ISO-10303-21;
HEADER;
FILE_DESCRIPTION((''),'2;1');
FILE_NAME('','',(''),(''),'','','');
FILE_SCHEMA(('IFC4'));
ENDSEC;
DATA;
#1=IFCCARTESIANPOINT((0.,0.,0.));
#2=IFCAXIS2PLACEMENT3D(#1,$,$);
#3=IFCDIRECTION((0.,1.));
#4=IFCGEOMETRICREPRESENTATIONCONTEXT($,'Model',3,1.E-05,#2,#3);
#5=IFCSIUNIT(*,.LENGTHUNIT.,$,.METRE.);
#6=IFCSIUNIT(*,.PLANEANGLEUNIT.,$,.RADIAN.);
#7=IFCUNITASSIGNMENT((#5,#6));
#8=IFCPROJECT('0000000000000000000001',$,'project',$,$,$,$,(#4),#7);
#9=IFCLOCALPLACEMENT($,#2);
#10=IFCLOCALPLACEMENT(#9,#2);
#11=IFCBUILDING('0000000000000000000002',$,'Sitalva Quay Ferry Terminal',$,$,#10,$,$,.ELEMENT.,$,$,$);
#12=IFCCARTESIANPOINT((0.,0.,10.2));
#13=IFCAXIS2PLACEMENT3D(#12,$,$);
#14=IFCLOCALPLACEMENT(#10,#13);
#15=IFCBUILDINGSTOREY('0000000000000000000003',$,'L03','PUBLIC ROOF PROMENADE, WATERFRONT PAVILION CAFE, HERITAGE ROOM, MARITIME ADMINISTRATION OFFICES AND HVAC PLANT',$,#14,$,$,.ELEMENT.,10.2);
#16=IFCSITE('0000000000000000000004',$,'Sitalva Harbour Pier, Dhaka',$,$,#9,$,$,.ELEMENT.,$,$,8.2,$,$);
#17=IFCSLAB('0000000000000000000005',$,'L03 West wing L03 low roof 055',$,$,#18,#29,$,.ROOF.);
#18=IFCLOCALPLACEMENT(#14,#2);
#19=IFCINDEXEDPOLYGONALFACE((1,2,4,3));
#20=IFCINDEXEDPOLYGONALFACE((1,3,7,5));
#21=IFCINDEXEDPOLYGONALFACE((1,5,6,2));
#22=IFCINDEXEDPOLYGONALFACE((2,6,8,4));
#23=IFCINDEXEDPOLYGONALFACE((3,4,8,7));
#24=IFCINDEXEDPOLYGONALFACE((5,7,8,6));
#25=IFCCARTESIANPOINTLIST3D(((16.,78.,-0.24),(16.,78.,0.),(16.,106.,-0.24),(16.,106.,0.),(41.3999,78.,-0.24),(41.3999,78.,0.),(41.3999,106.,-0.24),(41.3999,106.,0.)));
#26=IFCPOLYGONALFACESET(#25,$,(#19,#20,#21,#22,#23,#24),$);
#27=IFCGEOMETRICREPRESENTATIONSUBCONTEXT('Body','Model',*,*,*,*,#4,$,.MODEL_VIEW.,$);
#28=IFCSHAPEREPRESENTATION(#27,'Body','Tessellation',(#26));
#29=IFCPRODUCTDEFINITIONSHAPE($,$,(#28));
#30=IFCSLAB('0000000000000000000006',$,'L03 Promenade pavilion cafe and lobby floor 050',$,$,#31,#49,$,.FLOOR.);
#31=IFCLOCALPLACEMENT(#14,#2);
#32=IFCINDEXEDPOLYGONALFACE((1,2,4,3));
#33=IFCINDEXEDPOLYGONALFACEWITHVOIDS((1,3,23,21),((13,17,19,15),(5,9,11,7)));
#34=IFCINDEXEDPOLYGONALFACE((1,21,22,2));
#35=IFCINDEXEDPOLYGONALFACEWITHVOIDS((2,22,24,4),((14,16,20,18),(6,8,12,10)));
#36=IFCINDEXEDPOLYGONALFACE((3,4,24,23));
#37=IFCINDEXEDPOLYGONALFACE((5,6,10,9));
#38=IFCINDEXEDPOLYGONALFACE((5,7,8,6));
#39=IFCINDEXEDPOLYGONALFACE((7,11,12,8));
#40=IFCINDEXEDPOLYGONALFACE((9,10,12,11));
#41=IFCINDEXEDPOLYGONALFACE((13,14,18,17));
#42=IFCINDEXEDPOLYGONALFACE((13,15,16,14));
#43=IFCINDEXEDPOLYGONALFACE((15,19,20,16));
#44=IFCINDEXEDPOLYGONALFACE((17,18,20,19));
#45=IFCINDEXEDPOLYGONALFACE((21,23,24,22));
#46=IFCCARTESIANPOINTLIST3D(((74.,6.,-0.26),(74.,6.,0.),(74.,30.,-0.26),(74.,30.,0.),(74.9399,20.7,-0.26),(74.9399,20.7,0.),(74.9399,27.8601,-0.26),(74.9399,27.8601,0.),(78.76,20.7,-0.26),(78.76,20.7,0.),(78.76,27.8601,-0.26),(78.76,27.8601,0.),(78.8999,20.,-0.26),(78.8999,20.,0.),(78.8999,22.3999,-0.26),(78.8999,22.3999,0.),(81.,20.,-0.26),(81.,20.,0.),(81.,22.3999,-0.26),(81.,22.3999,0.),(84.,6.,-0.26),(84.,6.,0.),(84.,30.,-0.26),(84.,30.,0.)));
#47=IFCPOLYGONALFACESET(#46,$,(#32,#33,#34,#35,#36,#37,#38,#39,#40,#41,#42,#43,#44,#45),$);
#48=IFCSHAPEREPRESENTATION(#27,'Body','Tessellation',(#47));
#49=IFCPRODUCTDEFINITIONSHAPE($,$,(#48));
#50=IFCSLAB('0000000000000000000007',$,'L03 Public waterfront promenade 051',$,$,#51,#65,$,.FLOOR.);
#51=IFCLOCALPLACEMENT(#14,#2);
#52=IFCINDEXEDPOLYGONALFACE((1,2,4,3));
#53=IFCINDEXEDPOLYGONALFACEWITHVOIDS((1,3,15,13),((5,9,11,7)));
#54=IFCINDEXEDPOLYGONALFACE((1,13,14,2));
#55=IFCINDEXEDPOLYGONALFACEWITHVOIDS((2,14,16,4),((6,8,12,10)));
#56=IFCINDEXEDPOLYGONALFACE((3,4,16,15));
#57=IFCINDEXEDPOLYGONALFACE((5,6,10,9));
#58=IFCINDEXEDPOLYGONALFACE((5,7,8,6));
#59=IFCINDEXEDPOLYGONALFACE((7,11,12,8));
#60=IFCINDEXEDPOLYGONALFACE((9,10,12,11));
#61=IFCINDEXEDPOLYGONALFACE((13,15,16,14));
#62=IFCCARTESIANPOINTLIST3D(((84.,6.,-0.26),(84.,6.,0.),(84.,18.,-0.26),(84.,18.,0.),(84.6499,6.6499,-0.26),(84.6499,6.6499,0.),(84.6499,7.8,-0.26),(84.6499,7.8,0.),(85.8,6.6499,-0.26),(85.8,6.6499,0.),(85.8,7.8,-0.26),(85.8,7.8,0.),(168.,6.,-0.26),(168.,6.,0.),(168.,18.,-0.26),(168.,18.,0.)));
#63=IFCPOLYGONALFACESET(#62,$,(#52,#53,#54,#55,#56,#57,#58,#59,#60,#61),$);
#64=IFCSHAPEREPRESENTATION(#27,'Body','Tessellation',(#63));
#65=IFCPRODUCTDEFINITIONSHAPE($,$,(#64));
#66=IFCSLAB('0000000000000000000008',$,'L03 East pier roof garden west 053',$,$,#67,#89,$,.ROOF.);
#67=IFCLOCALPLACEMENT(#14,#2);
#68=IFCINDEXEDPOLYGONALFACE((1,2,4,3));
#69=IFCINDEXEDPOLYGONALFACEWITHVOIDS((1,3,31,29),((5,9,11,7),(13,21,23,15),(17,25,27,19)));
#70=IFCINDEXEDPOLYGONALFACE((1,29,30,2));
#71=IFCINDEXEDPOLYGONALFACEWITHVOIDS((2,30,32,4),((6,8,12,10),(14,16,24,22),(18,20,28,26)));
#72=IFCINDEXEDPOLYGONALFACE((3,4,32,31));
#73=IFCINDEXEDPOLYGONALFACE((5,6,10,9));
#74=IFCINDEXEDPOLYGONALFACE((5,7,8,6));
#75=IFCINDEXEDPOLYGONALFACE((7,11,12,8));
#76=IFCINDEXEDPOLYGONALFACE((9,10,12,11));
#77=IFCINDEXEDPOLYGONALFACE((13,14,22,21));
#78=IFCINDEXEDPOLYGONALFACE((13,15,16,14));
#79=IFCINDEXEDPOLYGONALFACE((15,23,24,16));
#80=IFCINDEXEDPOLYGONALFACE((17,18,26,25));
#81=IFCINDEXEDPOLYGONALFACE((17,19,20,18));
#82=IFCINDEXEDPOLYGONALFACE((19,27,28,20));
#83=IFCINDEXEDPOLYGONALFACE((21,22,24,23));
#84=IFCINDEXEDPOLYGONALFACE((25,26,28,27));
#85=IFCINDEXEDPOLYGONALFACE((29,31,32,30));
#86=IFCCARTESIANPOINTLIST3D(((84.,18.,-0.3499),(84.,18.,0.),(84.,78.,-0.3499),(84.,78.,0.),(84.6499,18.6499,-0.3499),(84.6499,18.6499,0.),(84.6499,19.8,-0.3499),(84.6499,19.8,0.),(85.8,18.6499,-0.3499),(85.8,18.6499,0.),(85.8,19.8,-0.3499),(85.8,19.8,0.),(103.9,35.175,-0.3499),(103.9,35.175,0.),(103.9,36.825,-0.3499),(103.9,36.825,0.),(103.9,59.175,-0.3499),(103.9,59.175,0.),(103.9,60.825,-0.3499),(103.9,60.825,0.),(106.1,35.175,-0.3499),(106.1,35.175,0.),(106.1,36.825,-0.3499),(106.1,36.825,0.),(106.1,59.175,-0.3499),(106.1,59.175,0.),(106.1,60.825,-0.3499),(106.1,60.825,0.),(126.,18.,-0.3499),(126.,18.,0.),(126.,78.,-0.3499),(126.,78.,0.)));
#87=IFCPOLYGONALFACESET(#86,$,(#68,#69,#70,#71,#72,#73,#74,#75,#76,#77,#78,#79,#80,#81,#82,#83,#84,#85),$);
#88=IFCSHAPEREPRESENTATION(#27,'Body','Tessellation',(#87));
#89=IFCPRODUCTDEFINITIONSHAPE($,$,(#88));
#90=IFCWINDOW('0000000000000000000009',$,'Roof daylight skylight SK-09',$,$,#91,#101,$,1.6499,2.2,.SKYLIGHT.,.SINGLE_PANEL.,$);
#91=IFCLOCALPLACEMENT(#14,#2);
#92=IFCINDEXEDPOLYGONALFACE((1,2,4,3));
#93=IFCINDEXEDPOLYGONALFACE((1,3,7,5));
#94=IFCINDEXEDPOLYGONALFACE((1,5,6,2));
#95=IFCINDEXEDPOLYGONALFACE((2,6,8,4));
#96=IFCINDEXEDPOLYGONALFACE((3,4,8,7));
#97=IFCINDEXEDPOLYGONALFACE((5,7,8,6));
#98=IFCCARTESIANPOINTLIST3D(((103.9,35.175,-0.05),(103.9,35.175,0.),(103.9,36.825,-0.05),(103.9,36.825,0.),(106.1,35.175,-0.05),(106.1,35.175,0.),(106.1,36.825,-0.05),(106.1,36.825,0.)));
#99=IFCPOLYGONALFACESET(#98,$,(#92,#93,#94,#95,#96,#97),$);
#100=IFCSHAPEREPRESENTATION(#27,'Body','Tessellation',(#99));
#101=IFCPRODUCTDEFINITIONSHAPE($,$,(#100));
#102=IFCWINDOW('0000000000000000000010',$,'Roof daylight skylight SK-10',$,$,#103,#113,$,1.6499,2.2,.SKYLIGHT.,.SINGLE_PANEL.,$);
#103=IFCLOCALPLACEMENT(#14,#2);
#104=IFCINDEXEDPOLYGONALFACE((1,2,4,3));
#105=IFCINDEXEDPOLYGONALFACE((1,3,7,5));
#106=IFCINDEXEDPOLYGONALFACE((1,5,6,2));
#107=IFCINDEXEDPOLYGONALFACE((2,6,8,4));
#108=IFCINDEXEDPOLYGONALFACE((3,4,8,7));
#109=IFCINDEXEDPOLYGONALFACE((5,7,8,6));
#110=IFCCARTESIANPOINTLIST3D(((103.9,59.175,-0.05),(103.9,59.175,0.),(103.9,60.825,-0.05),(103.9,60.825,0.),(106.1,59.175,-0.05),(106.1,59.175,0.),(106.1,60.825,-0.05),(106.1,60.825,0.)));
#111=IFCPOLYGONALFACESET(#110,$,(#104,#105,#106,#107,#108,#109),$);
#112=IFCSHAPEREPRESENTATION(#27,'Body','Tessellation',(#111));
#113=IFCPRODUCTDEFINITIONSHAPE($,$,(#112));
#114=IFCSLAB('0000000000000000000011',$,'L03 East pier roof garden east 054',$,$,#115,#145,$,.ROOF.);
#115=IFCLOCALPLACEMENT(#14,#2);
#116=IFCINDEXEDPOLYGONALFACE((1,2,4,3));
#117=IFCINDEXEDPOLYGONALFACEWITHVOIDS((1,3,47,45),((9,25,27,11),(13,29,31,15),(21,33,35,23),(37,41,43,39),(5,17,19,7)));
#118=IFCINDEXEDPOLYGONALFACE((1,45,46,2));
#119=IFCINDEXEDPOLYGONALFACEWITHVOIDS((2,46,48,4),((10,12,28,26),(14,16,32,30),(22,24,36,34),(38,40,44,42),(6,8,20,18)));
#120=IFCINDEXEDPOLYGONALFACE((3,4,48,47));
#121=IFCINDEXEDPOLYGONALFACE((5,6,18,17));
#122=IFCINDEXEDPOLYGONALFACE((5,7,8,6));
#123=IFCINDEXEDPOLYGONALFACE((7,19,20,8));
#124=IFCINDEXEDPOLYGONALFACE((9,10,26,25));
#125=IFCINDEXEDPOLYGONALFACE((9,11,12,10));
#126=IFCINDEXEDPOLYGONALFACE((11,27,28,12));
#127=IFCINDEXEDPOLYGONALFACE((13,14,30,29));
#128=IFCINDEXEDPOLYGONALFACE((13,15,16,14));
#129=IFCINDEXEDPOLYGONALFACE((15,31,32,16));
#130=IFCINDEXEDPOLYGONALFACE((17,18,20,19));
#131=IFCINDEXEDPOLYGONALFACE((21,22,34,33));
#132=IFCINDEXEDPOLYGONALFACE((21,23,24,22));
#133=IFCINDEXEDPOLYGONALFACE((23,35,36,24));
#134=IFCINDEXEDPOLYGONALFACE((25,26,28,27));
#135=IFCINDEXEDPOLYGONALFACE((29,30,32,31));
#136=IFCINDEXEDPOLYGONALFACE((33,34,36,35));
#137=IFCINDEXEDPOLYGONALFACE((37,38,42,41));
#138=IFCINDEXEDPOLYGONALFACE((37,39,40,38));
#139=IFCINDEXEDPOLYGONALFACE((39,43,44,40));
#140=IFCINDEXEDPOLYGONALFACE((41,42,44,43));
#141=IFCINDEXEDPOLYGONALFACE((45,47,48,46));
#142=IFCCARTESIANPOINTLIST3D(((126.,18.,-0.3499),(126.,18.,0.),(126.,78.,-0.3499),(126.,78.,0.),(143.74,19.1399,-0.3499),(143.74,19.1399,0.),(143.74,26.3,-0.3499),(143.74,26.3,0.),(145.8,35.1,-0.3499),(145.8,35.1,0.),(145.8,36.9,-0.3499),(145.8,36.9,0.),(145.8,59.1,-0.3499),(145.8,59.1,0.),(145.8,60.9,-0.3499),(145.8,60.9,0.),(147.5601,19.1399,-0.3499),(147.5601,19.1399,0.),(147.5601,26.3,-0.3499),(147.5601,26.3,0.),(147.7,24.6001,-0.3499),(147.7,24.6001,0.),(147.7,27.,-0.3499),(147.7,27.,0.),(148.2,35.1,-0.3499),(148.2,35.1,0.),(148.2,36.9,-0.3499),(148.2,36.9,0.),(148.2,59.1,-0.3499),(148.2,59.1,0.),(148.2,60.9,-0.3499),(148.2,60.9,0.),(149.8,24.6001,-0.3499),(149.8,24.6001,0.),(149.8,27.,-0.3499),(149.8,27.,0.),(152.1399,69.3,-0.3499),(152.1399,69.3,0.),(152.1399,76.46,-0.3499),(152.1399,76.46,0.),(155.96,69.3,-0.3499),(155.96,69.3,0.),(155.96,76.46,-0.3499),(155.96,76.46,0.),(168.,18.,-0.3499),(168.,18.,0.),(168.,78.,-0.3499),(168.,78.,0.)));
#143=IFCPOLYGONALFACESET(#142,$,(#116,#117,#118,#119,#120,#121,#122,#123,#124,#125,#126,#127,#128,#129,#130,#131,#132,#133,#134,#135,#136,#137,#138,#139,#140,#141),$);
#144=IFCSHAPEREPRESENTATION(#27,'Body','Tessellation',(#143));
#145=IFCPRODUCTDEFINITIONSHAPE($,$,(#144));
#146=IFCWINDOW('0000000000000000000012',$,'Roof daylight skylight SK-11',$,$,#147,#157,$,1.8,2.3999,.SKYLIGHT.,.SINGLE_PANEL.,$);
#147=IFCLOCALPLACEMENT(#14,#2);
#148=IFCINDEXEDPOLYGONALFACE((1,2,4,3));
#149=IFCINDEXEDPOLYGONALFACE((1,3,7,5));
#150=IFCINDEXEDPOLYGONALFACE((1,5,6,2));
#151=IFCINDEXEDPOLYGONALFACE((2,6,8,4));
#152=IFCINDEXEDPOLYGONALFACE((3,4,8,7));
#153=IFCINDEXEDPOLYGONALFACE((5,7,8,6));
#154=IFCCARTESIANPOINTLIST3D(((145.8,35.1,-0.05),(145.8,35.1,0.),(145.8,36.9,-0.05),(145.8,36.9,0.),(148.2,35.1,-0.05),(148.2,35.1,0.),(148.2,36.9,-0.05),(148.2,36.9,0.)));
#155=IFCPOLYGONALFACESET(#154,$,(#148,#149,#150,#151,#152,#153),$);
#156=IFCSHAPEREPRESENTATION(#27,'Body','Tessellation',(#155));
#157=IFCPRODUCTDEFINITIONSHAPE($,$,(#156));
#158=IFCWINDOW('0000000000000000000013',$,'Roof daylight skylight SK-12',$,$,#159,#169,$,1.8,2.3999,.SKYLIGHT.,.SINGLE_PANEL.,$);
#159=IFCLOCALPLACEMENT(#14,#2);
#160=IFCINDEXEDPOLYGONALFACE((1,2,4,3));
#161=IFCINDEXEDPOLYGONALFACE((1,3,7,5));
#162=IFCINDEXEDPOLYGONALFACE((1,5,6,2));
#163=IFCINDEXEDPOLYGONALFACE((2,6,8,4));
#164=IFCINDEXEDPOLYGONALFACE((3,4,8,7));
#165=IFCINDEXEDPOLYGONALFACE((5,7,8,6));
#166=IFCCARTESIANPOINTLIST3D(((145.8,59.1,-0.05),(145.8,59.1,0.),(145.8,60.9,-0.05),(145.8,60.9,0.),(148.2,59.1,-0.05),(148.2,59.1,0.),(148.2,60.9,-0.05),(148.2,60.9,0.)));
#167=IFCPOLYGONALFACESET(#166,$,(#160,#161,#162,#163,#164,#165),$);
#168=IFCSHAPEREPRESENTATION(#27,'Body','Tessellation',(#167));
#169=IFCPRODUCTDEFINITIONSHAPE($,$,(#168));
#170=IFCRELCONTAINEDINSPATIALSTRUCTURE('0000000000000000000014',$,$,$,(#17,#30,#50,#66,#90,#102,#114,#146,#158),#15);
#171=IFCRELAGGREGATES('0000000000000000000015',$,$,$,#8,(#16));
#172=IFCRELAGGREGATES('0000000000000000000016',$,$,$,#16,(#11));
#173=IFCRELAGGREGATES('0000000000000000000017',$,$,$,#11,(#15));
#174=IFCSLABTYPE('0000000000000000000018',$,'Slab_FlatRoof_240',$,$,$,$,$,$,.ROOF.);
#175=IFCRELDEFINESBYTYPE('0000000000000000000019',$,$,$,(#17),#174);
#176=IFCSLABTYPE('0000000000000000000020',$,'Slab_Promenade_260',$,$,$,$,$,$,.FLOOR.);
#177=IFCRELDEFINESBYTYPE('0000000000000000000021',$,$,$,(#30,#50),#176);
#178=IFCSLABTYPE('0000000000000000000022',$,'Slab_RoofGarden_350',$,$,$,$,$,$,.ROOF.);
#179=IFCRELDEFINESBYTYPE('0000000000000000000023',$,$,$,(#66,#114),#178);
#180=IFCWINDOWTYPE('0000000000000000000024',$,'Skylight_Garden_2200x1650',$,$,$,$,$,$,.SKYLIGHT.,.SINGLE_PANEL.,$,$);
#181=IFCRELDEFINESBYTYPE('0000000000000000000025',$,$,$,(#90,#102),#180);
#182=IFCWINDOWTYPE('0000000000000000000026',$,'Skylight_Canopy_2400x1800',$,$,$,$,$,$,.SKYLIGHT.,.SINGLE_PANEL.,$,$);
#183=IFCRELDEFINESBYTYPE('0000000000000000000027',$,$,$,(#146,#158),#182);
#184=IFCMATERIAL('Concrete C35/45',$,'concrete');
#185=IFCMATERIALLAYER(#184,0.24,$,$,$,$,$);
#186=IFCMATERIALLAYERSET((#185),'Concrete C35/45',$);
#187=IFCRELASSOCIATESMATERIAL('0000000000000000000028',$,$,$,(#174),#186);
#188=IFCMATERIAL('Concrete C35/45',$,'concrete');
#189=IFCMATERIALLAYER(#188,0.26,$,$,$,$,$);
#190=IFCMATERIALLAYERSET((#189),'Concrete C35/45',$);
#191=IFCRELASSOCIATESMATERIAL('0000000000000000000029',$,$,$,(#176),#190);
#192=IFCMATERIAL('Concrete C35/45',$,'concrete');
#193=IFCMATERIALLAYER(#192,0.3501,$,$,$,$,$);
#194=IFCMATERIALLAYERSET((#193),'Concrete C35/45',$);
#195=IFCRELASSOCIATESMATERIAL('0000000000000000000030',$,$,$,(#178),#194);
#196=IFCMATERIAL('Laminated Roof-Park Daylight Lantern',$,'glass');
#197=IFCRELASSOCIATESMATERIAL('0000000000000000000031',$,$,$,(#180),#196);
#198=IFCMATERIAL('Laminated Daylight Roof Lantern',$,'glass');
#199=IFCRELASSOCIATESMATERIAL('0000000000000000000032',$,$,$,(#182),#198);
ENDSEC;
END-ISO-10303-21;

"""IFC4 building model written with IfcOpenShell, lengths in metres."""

from ifc_helpers import new_model, si_unit, direction, frame, origin, origin_2d, place, context, subcontext, project, spatial, polyline, rectangle, outline, extrude, material, layer, layer_set, type_object, element, fill, save


model = new_model("IFC4")

# Units and contexts
model_context = context("Model", 3, precision=1e-05, world=origin(), true_north=direction((0.0, 1.0)))
body_context = subcontext(model_context, "Body", "Model", "MODEL_VIEW")
ifc_project = project(units=[si_unit("LENGTHUNIT", "METRE"), si_unit("PLANEANGLEUNIT", "RADIAN")], contexts=[model_context])

# Site, building, storey
site_placement = place(None, origin())
site = spatial("IfcSite", under=ifc_project, at=site_placement, Name="Sitalva Harbour Pier, Dhaka", CompositionType="ELEMENT", RefElevation=8.2)
building_placement = place(site_placement, origin())
building = spatial("IfcBuilding", under=site, at=building_placement, Name="Sitalva Quay Ferry Terminal", CompositionType="ELEMENT")
storey_placement = place(building_placement, frame((0.0, 0.0, 10.2)))
storey = spatial("IfcBuildingStorey", under=building, at=storey_placement, Name="L03", Description="PUBLIC ROOF PROMENADE, WATERFRONT PAVILION CAFE, HERITAGE ROOM, MARITIME ADMINISTRATION OFFICES AND HVAC PLANT", CompositionType="ELEMENT", Elevation=10.2)

# Slabs
ifc_material_1 = material(Name="Concrete C35/45", Category="concrete")
ifc_layer_1 = layer(ifc_material_1, 0.24)
ifc_layer_set_1 = layer_set([ifc_layer_1], Name="Concrete C35/45")
slab_type_1 = type_object("IfcSlabType", Name="Slab_FlatRoof_240", PredefinedType="ROOF", material=ifc_layer_set_1)
slab_1_placement = place(storey_placement, frame((0.0, 0.0, -0.24)))
element("IfcSlab", 1, at=slab_1_placement, inside=storey, type_object=slab_type_1, Name="L03 West wing L03 low roof 055", PredefinedType="ROOF", context=body_context, shape_type="SweptSolid", body=[
    extrude(outline(polyline([(16.0, 78.0), (41.3999, 78.0), (41.3999, 106.0), (16.0, 106.0), (16.0, 78.0)])), origin(), (0.0, 0.0, 1.0), 0.24),
])
ifc_material_2 = material(Name="Concrete C35/45", Category="concrete")
ifc_layer_2 = layer(ifc_material_2, 0.26)
ifc_layer_set_2 = layer_set([ifc_layer_2], Name="Concrete C35/45")
slab_type_2 = type_object("IfcSlabType", Name="Slab_Promenade_260", PredefinedType="FLOOR", material=ifc_layer_set_2)
slab_2_placement = place(storey_placement, frame((0.0, 0.0, -0.26)))
element("IfcSlab", 2, at=slab_2_placement, inside=storey, type_object=slab_type_2, Name="L03 Promenade pavilion cafe and lobby floor 050", PredefinedType="FLOOR", context=body_context, shape_type="SweptSolid", body=[
    extrude(outline(polyline([(74.0, 6.0), (84.0, 6.0), (84.0, 30.0), (74.0, 30.0), (74.0, 6.0)]), holes=[polyline([(74.9399, 20.7), (74.9399, 27.8601), (78.76, 27.8601), (78.76, 20.7), (74.9399, 20.7)]), polyline([(78.8999, 20.0), (78.8999, 22.3999), (81.0, 22.3999), (81.0, 20.0), (78.8999, 20.0)])]), origin(), (0.0, 0.0, 1.0), 0.26),
])
slab_3_placement = place(storey_placement, frame((0.0, 0.0, -0.26)))
element("IfcSlab", 3, at=slab_3_placement, inside=storey, type_object=slab_type_2, Name="L03 Public waterfront promenade 051", PredefinedType="FLOOR", context=body_context, shape_type="SweptSolid", body=[
    extrude(outline(polyline([(84.0, 6.0), (168.0, 6.0), (168.0, 18.0), (84.0, 18.0), (84.0, 6.0)]), holes=[polyline([(84.6499, 6.6499), (84.6499, 7.8), (85.8, 7.8), (85.8, 6.6499), (84.6499, 6.6499)])]), origin(), (0.0, 0.0, 1.0), 0.26),
])

# Slabs, openings, windows
ifc_material_3 = material(Name="Concrete C35/45", Category="concrete")
ifc_layer_3 = layer(ifc_material_3, 0.3501)
ifc_layer_set_3 = layer_set([ifc_layer_3], Name="Concrete C35/45")
slab_type_3 = type_object("IfcSlabType", Name="Slab_RoofGarden_350", PredefinedType="ROOF", material=ifc_layer_set_3)
slab_4_placement = place(storey_placement, frame((0.0, 0.0, -0.3499)))
slab_4 = element("IfcSlab", 4, at=slab_4_placement, inside=storey, type_object=slab_type_3, Name="L03 East pier roof garden west 053", PredefinedType="ROOF", context=body_context, shape_type="SweptSolid", body=[
    extrude(outline(polyline([(84.0, 18.0), (126.0, 18.0), (126.0, 78.0), (84.0, 78.0), (84.0, 18.0)]), holes=[polyline([(84.6499, 18.6499), (84.6499, 19.8), (85.8, 19.8), (85.8, 18.6499), (84.6499, 18.6499)])]), origin(), (0.0, 0.0, 1.0), 0.3499),
])
opening_1_placement = place(slab_4_placement, frame((105.0, 36.0, 0.0)))
opening_1 = element("IfcOpeningElement", 5, at=opening_1_placement, cuts=slab_4, PredefinedType="OPENING", context=body_context, shape_type="SweptSolid", body=[
    extrude(rectangle(XDim=2.2, YDim=1.6499, at=origin_2d()), frame((0.0, 0.0, -0.01)), (0.0, 0.0, 1.0), 0.3699),
])
opening_2_placement = place(slab_4_placement, frame((105.0, 60.0, 0.0)))
opening_2 = element("IfcOpeningElement", 6, at=opening_2_placement, cuts=slab_4, PredefinedType="OPENING", context=body_context, shape_type="SweptSolid", body=[
    extrude(rectangle(XDim=2.2, YDim=1.6499, at=origin_2d()), frame((0.0, 0.0, -0.01)), (0.0, 0.0, 1.0), 0.3699),
])
ifc_material_4 = material(Name="Laminated Roof-Park Daylight Lantern", Category="glass")
window_type_1 = type_object("IfcWindowType", Name="Skylight_Garden_2200x1650", PartitioningType="SINGLE_PANEL", PredefinedType="SKYLIGHT", material=ifc_material_4)
window_1_placement = place(opening_1_placement, frame((0.0, 0.0, 0.2998)))
window_1 = element("IfcWindow", 7, at=window_1_placement, inside=storey, type_object=window_type_1, Name="Roof daylight skylight SK-09", OverallHeight=1.6499, OverallWidth=2.2, PartitioningType="SINGLE_PANEL", PredefinedType="SKYLIGHT", context=body_context, shape_type="SweptSolid", body=[
    extrude(rectangle(XDim=2.2, YDim=1.6499, at=origin_2d()), origin(), (0.0, 0.0, 1.0), 0.05),
])
fill(opening_1, window_1)
window_2_placement = place(opening_2_placement, frame((0.0, 0.0, 0.2998)))
window_2 = element("IfcWindow", 8, at=window_2_placement, inside=storey, type_object=window_type_1, Name="Roof daylight skylight SK-10", OverallHeight=1.6499, OverallWidth=2.2, PartitioningType="SINGLE_PANEL", PredefinedType="SKYLIGHT", context=body_context, shape_type="SweptSolid", body=[
    extrude(rectangle(XDim=2.2, YDim=1.6499, at=origin_2d()), origin(), (0.0, 0.0, 1.0), 0.05),
])
fill(opening_2, window_2)
slab_5_placement = place(storey_placement, frame((0.0, 0.0, -0.3499)))
slab_5 = element("IfcSlab", 9, at=slab_5_placement, inside=storey, type_object=slab_type_3, Name="L03 East pier roof garden east 054", PredefinedType="ROOF", context=body_context, shape_type="SweptSolid", body=[
    extrude(outline(polyline([(126.0, 18.0), (168.0, 18.0), (168.0, 78.0), (126.0, 78.0), (126.0, 18.0)]), holes=[polyline([(143.74, 19.1399), (143.74, 26.3), (147.5601, 26.3), (147.5601, 19.1399), (143.74, 19.1399)]), polyline([(147.7, 24.6001), (147.7, 27.0), (149.8, 27.0), (149.8, 24.6001), (147.7, 24.6001)]), polyline([(152.1399, 69.3), (152.1399, 76.46), (155.96, 76.46), (155.96, 69.3), (152.1399, 69.3)])]), origin(), (0.0, 0.0, 1.0), 0.3499),
])
opening_3_placement = place(slab_5_placement, frame((147.0, 36.0, 0.0)))
opening_3 = element("IfcOpeningElement", 10, at=opening_3_placement, cuts=slab_5, PredefinedType="OPENING", context=body_context, shape_type="SweptSolid", body=[
    extrude(rectangle(XDim=2.3999, YDim=1.8, at=origin_2d()), frame((0.0, 0.0, -0.01)), (0.0, 0.0, 1.0), 0.3699),
])
opening_4_placement = place(slab_5_placement, frame((147.0, 60.0, 0.0)))
opening_4 = element("IfcOpeningElement", 11, at=opening_4_placement, cuts=slab_5, PredefinedType="OPENING", context=body_context, shape_type="SweptSolid", body=[
    extrude(rectangle(XDim=2.3999, YDim=1.8, at=origin_2d()), frame((0.0, 0.0, -0.01)), (0.0, 0.0, 1.0), 0.3699),
])
ifc_material_5 = material(Name="Laminated Daylight Roof Lantern", Category="glass")
window_type_2 = type_object("IfcWindowType", Name="Skylight_Canopy_2400x1800", PartitioningType="SINGLE_PANEL", PredefinedType="SKYLIGHT", material=ifc_material_5)
window_3_placement = place(opening_3_placement, frame((0.0, 0.0, 0.2998)))
window_3 = element("IfcWindow", 12, at=window_3_placement, inside=storey, type_object=window_type_2, Name="Roof daylight skylight SK-11", OverallHeight=1.8, OverallWidth=2.3999, PartitioningType="SINGLE_PANEL", PredefinedType="SKYLIGHT", context=body_context, shape_type="SweptSolid", body=[
    extrude(rectangle(XDim=2.3999, YDim=1.8, at=origin_2d()), origin(), (0.0, 0.0, 1.0), 0.05),
])
fill(opening_3, window_3)
window_4_placement = place(opening_4_placement, frame((0.0, 0.0, 0.2998)))
window_4 = element("IfcWindow", 13, at=window_4_placement, inside=storey, type_object=window_type_2, Name="Roof daylight skylight SK-12", OverallHeight=1.8, OverallWidth=2.3999, PartitioningType="SINGLE_PANEL", PredefinedType="SKYLIGHT", context=body_context, shape_type="SweptSolid", body=[
    extrude(rectangle(XDim=2.3999, YDim=1.8, at=origin_2d()), origin(), (0.0, 0.0, 1.0), 0.05),
])
fill(opening_4, window_4)

save(model, "model.ifc")
